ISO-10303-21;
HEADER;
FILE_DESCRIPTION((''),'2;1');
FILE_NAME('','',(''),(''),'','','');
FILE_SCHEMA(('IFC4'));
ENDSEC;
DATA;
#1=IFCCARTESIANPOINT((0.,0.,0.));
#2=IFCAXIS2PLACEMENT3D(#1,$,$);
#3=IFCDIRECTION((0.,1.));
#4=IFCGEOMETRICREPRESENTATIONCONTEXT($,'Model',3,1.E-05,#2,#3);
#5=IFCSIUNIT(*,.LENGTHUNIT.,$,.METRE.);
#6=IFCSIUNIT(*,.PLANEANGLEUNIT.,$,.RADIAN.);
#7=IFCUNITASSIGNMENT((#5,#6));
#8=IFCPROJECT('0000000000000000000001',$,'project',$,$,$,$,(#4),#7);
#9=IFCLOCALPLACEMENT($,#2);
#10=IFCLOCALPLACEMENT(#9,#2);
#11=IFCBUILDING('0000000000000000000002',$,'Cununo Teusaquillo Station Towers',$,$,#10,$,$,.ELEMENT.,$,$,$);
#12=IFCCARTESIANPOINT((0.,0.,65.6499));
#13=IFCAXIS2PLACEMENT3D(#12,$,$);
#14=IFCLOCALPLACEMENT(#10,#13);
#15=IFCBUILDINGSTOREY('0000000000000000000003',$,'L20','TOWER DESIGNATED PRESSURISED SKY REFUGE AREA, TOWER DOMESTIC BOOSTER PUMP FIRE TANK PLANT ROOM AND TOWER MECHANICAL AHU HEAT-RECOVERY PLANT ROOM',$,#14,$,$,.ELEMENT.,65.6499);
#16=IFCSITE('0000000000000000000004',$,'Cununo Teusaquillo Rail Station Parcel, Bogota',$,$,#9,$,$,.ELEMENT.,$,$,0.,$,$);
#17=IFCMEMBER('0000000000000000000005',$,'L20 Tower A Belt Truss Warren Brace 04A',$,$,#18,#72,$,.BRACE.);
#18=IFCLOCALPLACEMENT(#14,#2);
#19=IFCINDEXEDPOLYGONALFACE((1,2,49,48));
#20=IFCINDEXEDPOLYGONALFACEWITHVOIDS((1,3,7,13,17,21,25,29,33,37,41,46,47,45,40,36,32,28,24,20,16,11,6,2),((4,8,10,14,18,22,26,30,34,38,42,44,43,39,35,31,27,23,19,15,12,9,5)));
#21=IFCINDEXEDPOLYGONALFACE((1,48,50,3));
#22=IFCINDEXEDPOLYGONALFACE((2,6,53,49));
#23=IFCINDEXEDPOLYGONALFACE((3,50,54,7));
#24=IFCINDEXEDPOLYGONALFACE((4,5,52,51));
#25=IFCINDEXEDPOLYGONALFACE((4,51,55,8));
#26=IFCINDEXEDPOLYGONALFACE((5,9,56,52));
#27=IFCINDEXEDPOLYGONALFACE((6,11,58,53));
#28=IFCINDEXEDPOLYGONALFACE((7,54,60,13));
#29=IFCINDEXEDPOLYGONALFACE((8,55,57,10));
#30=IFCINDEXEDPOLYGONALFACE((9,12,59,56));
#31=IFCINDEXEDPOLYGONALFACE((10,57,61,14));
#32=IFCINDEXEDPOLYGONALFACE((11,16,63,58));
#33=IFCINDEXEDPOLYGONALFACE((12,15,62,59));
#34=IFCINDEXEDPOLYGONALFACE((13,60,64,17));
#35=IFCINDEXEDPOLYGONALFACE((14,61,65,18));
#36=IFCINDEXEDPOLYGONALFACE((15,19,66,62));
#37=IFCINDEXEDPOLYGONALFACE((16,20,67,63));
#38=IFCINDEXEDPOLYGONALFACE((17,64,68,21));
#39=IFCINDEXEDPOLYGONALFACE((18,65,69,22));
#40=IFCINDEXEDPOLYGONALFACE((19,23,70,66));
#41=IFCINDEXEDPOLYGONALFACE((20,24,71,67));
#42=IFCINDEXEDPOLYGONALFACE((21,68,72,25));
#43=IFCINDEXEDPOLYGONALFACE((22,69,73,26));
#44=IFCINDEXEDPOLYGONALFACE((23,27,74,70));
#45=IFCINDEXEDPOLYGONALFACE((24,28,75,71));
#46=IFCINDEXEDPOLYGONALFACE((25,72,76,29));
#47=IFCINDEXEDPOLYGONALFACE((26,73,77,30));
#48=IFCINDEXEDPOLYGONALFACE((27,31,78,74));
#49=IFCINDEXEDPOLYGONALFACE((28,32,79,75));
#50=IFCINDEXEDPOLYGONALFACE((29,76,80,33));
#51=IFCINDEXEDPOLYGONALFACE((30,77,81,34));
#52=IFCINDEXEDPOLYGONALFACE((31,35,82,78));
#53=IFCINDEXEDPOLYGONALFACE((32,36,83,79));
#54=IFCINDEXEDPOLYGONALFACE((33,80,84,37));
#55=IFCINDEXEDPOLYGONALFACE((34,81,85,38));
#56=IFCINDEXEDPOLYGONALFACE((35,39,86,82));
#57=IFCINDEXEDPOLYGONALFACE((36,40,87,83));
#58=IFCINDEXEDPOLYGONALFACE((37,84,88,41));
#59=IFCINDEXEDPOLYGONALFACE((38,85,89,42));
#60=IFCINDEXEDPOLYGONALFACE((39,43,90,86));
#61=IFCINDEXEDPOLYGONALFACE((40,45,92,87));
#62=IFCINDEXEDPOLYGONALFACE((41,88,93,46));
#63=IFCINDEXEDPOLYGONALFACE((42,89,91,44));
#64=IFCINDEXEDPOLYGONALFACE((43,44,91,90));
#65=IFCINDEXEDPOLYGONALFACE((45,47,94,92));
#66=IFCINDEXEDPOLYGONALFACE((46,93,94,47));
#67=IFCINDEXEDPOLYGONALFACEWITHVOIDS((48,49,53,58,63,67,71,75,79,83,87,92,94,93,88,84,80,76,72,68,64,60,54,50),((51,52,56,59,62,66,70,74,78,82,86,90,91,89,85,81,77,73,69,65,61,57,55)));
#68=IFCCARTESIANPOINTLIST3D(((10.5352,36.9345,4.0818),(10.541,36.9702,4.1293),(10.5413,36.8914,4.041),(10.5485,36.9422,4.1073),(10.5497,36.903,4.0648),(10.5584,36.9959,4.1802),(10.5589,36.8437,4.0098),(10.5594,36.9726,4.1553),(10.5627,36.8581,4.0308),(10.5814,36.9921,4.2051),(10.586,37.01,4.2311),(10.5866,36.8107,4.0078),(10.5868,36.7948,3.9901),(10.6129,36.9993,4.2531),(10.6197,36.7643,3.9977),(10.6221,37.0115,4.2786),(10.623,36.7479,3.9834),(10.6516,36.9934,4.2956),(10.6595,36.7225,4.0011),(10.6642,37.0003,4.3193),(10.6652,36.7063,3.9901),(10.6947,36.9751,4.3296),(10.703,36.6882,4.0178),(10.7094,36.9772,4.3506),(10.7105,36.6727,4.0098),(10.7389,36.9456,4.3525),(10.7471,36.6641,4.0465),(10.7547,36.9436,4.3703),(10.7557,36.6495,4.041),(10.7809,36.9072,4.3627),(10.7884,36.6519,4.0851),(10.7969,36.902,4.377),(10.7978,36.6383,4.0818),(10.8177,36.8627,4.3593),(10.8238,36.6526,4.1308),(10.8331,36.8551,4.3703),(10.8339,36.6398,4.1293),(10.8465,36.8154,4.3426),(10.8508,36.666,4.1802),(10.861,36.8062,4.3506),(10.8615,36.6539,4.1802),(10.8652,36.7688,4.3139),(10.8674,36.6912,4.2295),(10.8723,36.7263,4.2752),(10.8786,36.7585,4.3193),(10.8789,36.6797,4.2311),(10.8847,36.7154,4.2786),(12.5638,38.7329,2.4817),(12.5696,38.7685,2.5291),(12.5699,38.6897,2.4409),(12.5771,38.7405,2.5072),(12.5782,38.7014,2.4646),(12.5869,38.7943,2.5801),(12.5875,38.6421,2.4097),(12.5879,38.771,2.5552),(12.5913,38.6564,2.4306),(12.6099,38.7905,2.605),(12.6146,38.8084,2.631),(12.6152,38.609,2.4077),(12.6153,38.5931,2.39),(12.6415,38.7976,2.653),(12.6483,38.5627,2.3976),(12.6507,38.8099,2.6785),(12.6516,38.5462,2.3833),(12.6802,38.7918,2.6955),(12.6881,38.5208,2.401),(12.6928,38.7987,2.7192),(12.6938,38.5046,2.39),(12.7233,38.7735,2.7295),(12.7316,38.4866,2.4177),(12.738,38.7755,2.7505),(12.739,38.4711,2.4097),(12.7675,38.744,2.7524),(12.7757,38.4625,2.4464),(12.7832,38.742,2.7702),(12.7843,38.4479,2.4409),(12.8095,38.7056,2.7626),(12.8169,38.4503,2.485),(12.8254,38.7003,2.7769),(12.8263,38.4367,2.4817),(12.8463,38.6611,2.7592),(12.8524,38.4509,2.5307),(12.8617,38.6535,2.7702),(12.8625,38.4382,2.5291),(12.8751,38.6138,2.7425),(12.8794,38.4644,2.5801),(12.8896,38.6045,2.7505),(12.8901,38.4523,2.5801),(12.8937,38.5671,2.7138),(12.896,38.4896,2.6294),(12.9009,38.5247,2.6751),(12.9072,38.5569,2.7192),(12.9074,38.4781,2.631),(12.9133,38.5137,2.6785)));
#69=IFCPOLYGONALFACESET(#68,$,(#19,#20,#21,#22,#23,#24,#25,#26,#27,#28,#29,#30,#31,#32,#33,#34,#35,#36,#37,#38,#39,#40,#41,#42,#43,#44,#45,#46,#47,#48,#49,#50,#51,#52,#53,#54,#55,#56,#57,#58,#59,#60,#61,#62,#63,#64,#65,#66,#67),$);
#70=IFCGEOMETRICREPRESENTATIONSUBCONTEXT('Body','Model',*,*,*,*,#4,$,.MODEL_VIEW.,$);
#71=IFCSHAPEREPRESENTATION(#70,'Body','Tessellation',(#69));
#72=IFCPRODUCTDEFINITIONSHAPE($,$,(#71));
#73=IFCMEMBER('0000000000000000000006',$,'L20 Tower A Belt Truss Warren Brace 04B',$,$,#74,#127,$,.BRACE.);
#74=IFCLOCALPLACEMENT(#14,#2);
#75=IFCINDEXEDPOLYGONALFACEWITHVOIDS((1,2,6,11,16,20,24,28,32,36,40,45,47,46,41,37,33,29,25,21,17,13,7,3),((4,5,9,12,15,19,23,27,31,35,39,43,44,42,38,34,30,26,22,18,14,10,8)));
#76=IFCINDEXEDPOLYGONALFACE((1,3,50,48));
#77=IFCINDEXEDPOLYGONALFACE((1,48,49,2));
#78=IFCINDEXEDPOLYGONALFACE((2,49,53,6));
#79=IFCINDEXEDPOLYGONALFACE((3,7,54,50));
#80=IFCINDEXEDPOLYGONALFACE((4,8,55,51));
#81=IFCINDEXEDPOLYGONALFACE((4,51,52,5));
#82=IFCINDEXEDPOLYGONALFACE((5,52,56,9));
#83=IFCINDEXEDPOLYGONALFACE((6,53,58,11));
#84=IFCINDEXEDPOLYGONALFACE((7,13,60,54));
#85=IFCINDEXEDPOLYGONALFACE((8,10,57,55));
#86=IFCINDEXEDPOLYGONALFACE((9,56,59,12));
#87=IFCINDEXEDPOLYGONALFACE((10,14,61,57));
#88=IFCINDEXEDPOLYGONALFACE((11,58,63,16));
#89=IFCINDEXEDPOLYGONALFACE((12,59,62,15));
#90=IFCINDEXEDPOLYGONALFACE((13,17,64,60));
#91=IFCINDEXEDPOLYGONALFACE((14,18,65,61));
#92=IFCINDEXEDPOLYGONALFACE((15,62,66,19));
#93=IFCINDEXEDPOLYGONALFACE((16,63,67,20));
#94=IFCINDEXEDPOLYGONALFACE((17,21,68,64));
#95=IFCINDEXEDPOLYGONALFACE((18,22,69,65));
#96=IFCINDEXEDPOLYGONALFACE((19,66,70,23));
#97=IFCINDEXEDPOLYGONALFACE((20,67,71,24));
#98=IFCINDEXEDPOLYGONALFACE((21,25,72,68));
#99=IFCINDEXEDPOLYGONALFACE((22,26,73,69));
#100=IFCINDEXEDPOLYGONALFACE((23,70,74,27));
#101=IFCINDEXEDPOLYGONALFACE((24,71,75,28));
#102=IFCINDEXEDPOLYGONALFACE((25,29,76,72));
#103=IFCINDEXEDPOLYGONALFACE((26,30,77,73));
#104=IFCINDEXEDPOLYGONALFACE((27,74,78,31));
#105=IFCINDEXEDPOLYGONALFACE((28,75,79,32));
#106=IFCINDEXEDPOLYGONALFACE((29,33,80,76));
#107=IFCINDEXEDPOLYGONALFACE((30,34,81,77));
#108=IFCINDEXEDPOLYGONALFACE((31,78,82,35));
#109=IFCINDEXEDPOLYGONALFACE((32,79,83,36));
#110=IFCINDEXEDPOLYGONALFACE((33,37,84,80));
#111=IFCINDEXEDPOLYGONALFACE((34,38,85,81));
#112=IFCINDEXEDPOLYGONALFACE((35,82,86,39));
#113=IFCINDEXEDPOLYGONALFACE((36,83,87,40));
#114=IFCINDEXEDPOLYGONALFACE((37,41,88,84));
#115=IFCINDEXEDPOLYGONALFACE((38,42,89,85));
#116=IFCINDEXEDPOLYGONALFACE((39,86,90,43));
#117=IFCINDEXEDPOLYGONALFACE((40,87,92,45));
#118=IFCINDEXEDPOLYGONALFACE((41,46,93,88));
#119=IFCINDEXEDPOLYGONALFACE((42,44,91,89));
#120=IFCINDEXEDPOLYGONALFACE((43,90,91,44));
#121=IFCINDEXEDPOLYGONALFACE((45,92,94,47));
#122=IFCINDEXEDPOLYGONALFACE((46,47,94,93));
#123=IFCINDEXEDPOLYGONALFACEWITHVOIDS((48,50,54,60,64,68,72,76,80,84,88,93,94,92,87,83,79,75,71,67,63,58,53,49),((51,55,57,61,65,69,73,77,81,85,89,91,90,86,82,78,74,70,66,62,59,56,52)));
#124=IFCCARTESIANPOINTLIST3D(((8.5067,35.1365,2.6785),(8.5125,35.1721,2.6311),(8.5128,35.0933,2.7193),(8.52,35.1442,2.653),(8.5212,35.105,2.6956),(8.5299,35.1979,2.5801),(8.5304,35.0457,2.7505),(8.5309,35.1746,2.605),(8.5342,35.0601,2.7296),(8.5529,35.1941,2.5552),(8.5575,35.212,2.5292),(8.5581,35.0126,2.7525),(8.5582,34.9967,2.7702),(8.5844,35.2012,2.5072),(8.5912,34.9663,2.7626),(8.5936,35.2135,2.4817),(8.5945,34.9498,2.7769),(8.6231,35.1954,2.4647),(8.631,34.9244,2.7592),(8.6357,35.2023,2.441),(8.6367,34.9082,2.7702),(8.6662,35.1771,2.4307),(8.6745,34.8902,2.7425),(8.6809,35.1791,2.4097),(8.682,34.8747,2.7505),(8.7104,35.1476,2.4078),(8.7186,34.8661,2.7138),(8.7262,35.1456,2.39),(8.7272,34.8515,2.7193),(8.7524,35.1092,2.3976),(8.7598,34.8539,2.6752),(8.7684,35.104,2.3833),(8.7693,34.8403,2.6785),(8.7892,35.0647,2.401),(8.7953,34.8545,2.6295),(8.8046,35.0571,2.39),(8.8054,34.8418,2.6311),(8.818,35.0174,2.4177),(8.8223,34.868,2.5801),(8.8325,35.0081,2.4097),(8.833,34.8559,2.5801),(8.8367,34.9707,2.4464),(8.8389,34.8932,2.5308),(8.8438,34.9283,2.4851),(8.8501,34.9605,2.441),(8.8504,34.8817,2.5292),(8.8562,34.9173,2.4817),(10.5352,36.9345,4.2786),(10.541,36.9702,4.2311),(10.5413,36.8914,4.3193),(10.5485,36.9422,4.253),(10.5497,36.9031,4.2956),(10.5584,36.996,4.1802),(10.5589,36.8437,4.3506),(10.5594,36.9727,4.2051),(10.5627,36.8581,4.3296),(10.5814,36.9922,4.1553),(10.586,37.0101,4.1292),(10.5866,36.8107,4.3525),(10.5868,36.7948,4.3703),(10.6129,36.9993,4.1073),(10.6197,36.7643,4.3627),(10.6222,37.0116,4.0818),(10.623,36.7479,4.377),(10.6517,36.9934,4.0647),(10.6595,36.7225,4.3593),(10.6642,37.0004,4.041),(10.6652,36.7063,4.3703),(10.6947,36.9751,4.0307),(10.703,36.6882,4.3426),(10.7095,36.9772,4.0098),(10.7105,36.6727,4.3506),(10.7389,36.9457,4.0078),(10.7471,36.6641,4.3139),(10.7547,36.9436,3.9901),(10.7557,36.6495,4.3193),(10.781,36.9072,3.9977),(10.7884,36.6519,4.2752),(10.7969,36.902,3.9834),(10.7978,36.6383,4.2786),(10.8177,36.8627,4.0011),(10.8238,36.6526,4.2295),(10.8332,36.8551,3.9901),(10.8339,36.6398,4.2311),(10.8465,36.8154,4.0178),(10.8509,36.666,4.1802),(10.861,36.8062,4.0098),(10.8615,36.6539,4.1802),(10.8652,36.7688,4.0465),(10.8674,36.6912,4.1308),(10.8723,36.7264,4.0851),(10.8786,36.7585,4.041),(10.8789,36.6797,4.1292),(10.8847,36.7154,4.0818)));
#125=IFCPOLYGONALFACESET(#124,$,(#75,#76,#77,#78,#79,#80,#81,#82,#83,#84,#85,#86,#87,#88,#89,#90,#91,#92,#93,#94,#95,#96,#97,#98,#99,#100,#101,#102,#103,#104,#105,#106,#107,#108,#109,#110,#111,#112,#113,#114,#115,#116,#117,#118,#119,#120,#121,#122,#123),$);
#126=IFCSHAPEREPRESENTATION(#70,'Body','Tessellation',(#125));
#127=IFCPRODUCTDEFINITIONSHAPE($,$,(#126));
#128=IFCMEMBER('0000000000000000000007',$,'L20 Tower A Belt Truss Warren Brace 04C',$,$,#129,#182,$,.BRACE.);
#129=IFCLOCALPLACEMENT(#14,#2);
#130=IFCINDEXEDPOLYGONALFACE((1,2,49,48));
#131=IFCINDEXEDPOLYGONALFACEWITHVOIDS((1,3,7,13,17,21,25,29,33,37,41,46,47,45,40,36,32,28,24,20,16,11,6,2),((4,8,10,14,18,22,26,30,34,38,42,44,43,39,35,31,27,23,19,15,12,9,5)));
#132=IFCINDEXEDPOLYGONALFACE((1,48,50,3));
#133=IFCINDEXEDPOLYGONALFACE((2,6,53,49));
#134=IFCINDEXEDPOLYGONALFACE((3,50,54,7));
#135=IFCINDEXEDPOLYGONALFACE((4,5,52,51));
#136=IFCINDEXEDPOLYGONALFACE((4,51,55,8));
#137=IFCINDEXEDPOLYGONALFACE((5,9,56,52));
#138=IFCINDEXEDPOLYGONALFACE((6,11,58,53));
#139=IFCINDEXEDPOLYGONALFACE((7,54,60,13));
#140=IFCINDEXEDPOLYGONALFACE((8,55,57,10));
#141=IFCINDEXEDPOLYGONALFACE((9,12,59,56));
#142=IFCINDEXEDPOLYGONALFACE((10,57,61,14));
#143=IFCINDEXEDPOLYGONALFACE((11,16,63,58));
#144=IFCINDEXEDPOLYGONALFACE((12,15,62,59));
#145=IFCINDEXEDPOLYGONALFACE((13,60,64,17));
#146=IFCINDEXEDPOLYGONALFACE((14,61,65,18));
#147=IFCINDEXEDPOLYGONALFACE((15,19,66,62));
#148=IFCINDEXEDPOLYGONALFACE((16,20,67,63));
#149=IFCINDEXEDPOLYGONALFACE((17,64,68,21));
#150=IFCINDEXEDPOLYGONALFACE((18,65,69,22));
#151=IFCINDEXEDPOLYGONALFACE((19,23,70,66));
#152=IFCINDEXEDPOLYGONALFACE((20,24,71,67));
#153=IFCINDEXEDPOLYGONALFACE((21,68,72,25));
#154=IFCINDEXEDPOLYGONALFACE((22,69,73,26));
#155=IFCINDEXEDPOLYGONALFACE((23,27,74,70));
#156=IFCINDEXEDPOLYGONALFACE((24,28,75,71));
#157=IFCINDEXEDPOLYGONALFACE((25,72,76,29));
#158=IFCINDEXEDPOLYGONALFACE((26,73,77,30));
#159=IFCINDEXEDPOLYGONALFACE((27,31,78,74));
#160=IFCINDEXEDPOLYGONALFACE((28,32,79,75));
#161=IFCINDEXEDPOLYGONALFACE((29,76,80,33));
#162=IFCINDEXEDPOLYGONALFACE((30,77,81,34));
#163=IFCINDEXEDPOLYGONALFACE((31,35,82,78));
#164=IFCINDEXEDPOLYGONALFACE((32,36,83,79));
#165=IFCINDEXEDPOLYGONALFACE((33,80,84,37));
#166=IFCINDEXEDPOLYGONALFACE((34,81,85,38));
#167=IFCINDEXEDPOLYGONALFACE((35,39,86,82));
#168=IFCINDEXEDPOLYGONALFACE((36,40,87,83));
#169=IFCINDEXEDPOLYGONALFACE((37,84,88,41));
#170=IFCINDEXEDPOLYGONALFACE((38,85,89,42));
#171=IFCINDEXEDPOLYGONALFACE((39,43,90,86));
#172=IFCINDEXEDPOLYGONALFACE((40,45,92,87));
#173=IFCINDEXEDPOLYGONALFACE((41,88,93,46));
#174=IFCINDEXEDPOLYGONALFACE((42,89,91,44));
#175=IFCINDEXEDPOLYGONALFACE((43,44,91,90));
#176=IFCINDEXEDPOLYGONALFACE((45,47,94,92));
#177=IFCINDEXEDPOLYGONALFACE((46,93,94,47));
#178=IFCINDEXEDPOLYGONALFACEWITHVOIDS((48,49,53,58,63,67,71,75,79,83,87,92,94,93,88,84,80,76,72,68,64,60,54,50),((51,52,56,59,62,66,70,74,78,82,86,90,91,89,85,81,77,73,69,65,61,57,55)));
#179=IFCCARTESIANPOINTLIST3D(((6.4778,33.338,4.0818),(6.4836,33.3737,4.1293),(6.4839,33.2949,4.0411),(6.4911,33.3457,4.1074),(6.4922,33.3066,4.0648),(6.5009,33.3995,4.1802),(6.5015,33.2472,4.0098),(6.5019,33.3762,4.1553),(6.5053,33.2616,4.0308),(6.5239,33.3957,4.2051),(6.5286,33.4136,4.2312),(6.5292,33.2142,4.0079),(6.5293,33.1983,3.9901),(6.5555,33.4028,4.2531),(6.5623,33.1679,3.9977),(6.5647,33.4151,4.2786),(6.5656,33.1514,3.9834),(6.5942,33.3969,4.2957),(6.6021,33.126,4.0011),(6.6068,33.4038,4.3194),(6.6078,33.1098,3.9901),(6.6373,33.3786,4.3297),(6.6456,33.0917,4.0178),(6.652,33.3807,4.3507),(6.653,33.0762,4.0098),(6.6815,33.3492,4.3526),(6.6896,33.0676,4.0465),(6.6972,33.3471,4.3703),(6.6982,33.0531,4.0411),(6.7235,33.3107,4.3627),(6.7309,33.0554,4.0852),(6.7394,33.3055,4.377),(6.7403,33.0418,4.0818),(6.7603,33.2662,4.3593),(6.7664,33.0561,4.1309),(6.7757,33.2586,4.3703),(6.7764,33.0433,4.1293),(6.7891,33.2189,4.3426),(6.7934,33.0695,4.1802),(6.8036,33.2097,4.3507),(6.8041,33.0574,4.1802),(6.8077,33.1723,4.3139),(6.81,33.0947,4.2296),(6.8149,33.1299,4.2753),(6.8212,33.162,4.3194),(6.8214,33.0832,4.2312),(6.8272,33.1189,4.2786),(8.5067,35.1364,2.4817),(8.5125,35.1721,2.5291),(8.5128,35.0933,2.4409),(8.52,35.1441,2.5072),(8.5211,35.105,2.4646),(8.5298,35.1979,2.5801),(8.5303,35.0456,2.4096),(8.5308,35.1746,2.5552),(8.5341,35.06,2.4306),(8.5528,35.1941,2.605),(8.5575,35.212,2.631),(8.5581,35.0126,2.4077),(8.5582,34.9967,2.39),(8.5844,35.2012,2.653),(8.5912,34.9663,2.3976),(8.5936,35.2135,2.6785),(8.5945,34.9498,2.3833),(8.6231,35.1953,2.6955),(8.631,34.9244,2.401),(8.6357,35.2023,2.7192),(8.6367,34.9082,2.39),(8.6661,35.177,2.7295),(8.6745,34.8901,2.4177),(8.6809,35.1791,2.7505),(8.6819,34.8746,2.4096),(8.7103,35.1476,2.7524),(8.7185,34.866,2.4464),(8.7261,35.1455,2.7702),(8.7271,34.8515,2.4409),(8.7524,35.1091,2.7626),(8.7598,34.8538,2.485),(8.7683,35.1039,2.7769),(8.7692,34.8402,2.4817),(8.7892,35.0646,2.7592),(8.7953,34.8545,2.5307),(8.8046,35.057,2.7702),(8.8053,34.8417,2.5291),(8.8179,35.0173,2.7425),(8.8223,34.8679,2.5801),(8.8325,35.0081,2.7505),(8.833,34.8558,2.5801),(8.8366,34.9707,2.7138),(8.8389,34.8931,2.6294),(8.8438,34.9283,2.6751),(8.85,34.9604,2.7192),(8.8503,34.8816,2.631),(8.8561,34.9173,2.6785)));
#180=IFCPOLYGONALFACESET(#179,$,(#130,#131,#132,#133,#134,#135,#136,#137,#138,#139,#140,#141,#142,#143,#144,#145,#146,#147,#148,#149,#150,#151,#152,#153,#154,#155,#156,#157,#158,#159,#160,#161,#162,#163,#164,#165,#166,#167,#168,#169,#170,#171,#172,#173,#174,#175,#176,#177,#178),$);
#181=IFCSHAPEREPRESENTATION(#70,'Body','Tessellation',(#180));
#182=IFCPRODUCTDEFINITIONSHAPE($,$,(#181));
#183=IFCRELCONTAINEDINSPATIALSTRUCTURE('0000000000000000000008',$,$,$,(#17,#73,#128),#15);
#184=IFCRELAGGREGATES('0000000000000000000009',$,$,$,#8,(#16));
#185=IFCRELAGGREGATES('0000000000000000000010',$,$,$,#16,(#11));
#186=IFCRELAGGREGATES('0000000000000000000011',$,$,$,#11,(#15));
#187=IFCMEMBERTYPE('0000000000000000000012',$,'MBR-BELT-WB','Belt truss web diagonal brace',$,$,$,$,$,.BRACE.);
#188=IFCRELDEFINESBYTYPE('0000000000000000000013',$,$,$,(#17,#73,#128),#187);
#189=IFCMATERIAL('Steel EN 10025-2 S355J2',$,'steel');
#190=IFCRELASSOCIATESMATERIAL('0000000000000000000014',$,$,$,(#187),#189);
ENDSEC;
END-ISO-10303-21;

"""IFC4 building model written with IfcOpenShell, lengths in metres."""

from ifc_helpers import new_model, si_unit, direction, frame, origin, origin_2d, place, context, subcontext, project, spatial, hollow_circle, extrude, material, material_profile, profile_set, type_object, element, save


model = new_model("IFC4")

# Units and contexts
model_context = context("Model", 3, precision=1e-05, world=origin(), true_north=direction((0.0, 1.0)))
body_context = subcontext(model_context, "Body", "Model", "MODEL_VIEW")
ifc_project = project(units=[si_unit("LENGTHUNIT", "METRE"), si_unit("PLANEANGLEUNIT", "RADIAN")], contexts=[model_context])

# Site, building, storey
site_placement = place(None, origin())
site = spatial("IfcSite", under=ifc_project, at=site_placement, Name="Cununo Teusaquillo Rail Station Parcel, Bogota", CompositionType="ELEMENT", RefElevation=0.0)
building_placement = place(site_placement, origin())
building = spatial("IfcBuilding", under=site, at=building_placement, Name="Cununo Teusaquillo Station Towers", CompositionType="ELEMENT")
storey_placement = place(building_placement, frame((0.0, 0.0, 65.6499)))
storey = spatial("IfcBuildingStorey", under=building, at=storey_placement, Name="L20", Description="TOWER DESIGNATED PRESSURISED SKY REFUGE AREA, TOWER DOMESTIC BOOSTER PUMP FIRE TANK PLANT ROOM AND TOWER MECHANICAL AHU HEAT-RECOVERY PLANT ROOM", CompositionType="ELEMENT", Elevation=65.6499)

# Members
ifc_material_1 = material(Name="Steel EN 10025-2 S355J2", Category="steel")
ifc_material_profile_1 = material_profile(ifc_material_1, hollow_circle(Radius=0.2285, WallThickness=0.0161, at=origin_2d()), Name="CHS 457x16")
ifc_profile_set_1 = profile_set([ifc_material_profile_1], Name="Steel EN 10025-2 S355J2")
member_type_1 = type_object("IfcMemberType", Name="MBR-BELT-WB", Description="Belt truss web diagonal brace", PredefinedType="BRACE", material=ifc_profile_set_1)
member_1_placement = place(storey_placement, frame((12.7385, 38.6233, 2.5801), z_axis=(-0.644414, -0.571278, 0.508303), x_axis=(0.663368, -0.748293, 0.0)))
element("IfcMember", 1, at=member_1_placement, inside=storey, type_object=member_type_1, Name="L20 Tower A Belt Truss Warren Brace 04A", PredefinedType="BRACE", context=body_context, shape_type="SweptSolid", body=[
    extrude(hollow_circle(Radius=0.2285, WallThickness=0.0161, at=origin_2d()), origin(), (0.0, 0.0, 1.0), 3.1479),
])
member_2_placement = place(storey_placement, frame((10.71, 36.825, 4.1802), z_axis=(-0.644442, -0.571226, -0.508325), x_axis=(0.663318, -0.748338, 0.0)))
element("IfcMember", 2, at=member_2_placement, inside=storey, type_object=member_type_1, Name="L20 Tower A Belt Truss Warren Brace 04B", PredefinedType="BRACE", context=body_context, shape_type="SweptSolid", body=[
    extrude(hollow_circle(Radius=0.2285, WallThickness=0.0161, at=origin_2d()), origin(), (0.0, 0.0, 1.0), 3.1477),
])
member_3_placement = place(storey_placement, frame((8.6814, 35.0269, 2.5801), z_axis=(-0.644459, -0.57125, 0.508277), x_axis=(0.663324, -0.748333, 0.0)))
element("IfcMember", 3, at=member_3_placement, inside=storey, type_object=member_type_1, Name="L20 Tower A Belt Truss Warren Brace 04C", PredefinedType="BRACE", context=body_context, shape_type="SweptSolid", body=[
    extrude(hollow_circle(Radius=0.2285, WallThickness=0.0161, at=origin_2d()), origin(), (0.0, 0.0, 1.0), 3.1482),
])

save(model, "model.ifc")
